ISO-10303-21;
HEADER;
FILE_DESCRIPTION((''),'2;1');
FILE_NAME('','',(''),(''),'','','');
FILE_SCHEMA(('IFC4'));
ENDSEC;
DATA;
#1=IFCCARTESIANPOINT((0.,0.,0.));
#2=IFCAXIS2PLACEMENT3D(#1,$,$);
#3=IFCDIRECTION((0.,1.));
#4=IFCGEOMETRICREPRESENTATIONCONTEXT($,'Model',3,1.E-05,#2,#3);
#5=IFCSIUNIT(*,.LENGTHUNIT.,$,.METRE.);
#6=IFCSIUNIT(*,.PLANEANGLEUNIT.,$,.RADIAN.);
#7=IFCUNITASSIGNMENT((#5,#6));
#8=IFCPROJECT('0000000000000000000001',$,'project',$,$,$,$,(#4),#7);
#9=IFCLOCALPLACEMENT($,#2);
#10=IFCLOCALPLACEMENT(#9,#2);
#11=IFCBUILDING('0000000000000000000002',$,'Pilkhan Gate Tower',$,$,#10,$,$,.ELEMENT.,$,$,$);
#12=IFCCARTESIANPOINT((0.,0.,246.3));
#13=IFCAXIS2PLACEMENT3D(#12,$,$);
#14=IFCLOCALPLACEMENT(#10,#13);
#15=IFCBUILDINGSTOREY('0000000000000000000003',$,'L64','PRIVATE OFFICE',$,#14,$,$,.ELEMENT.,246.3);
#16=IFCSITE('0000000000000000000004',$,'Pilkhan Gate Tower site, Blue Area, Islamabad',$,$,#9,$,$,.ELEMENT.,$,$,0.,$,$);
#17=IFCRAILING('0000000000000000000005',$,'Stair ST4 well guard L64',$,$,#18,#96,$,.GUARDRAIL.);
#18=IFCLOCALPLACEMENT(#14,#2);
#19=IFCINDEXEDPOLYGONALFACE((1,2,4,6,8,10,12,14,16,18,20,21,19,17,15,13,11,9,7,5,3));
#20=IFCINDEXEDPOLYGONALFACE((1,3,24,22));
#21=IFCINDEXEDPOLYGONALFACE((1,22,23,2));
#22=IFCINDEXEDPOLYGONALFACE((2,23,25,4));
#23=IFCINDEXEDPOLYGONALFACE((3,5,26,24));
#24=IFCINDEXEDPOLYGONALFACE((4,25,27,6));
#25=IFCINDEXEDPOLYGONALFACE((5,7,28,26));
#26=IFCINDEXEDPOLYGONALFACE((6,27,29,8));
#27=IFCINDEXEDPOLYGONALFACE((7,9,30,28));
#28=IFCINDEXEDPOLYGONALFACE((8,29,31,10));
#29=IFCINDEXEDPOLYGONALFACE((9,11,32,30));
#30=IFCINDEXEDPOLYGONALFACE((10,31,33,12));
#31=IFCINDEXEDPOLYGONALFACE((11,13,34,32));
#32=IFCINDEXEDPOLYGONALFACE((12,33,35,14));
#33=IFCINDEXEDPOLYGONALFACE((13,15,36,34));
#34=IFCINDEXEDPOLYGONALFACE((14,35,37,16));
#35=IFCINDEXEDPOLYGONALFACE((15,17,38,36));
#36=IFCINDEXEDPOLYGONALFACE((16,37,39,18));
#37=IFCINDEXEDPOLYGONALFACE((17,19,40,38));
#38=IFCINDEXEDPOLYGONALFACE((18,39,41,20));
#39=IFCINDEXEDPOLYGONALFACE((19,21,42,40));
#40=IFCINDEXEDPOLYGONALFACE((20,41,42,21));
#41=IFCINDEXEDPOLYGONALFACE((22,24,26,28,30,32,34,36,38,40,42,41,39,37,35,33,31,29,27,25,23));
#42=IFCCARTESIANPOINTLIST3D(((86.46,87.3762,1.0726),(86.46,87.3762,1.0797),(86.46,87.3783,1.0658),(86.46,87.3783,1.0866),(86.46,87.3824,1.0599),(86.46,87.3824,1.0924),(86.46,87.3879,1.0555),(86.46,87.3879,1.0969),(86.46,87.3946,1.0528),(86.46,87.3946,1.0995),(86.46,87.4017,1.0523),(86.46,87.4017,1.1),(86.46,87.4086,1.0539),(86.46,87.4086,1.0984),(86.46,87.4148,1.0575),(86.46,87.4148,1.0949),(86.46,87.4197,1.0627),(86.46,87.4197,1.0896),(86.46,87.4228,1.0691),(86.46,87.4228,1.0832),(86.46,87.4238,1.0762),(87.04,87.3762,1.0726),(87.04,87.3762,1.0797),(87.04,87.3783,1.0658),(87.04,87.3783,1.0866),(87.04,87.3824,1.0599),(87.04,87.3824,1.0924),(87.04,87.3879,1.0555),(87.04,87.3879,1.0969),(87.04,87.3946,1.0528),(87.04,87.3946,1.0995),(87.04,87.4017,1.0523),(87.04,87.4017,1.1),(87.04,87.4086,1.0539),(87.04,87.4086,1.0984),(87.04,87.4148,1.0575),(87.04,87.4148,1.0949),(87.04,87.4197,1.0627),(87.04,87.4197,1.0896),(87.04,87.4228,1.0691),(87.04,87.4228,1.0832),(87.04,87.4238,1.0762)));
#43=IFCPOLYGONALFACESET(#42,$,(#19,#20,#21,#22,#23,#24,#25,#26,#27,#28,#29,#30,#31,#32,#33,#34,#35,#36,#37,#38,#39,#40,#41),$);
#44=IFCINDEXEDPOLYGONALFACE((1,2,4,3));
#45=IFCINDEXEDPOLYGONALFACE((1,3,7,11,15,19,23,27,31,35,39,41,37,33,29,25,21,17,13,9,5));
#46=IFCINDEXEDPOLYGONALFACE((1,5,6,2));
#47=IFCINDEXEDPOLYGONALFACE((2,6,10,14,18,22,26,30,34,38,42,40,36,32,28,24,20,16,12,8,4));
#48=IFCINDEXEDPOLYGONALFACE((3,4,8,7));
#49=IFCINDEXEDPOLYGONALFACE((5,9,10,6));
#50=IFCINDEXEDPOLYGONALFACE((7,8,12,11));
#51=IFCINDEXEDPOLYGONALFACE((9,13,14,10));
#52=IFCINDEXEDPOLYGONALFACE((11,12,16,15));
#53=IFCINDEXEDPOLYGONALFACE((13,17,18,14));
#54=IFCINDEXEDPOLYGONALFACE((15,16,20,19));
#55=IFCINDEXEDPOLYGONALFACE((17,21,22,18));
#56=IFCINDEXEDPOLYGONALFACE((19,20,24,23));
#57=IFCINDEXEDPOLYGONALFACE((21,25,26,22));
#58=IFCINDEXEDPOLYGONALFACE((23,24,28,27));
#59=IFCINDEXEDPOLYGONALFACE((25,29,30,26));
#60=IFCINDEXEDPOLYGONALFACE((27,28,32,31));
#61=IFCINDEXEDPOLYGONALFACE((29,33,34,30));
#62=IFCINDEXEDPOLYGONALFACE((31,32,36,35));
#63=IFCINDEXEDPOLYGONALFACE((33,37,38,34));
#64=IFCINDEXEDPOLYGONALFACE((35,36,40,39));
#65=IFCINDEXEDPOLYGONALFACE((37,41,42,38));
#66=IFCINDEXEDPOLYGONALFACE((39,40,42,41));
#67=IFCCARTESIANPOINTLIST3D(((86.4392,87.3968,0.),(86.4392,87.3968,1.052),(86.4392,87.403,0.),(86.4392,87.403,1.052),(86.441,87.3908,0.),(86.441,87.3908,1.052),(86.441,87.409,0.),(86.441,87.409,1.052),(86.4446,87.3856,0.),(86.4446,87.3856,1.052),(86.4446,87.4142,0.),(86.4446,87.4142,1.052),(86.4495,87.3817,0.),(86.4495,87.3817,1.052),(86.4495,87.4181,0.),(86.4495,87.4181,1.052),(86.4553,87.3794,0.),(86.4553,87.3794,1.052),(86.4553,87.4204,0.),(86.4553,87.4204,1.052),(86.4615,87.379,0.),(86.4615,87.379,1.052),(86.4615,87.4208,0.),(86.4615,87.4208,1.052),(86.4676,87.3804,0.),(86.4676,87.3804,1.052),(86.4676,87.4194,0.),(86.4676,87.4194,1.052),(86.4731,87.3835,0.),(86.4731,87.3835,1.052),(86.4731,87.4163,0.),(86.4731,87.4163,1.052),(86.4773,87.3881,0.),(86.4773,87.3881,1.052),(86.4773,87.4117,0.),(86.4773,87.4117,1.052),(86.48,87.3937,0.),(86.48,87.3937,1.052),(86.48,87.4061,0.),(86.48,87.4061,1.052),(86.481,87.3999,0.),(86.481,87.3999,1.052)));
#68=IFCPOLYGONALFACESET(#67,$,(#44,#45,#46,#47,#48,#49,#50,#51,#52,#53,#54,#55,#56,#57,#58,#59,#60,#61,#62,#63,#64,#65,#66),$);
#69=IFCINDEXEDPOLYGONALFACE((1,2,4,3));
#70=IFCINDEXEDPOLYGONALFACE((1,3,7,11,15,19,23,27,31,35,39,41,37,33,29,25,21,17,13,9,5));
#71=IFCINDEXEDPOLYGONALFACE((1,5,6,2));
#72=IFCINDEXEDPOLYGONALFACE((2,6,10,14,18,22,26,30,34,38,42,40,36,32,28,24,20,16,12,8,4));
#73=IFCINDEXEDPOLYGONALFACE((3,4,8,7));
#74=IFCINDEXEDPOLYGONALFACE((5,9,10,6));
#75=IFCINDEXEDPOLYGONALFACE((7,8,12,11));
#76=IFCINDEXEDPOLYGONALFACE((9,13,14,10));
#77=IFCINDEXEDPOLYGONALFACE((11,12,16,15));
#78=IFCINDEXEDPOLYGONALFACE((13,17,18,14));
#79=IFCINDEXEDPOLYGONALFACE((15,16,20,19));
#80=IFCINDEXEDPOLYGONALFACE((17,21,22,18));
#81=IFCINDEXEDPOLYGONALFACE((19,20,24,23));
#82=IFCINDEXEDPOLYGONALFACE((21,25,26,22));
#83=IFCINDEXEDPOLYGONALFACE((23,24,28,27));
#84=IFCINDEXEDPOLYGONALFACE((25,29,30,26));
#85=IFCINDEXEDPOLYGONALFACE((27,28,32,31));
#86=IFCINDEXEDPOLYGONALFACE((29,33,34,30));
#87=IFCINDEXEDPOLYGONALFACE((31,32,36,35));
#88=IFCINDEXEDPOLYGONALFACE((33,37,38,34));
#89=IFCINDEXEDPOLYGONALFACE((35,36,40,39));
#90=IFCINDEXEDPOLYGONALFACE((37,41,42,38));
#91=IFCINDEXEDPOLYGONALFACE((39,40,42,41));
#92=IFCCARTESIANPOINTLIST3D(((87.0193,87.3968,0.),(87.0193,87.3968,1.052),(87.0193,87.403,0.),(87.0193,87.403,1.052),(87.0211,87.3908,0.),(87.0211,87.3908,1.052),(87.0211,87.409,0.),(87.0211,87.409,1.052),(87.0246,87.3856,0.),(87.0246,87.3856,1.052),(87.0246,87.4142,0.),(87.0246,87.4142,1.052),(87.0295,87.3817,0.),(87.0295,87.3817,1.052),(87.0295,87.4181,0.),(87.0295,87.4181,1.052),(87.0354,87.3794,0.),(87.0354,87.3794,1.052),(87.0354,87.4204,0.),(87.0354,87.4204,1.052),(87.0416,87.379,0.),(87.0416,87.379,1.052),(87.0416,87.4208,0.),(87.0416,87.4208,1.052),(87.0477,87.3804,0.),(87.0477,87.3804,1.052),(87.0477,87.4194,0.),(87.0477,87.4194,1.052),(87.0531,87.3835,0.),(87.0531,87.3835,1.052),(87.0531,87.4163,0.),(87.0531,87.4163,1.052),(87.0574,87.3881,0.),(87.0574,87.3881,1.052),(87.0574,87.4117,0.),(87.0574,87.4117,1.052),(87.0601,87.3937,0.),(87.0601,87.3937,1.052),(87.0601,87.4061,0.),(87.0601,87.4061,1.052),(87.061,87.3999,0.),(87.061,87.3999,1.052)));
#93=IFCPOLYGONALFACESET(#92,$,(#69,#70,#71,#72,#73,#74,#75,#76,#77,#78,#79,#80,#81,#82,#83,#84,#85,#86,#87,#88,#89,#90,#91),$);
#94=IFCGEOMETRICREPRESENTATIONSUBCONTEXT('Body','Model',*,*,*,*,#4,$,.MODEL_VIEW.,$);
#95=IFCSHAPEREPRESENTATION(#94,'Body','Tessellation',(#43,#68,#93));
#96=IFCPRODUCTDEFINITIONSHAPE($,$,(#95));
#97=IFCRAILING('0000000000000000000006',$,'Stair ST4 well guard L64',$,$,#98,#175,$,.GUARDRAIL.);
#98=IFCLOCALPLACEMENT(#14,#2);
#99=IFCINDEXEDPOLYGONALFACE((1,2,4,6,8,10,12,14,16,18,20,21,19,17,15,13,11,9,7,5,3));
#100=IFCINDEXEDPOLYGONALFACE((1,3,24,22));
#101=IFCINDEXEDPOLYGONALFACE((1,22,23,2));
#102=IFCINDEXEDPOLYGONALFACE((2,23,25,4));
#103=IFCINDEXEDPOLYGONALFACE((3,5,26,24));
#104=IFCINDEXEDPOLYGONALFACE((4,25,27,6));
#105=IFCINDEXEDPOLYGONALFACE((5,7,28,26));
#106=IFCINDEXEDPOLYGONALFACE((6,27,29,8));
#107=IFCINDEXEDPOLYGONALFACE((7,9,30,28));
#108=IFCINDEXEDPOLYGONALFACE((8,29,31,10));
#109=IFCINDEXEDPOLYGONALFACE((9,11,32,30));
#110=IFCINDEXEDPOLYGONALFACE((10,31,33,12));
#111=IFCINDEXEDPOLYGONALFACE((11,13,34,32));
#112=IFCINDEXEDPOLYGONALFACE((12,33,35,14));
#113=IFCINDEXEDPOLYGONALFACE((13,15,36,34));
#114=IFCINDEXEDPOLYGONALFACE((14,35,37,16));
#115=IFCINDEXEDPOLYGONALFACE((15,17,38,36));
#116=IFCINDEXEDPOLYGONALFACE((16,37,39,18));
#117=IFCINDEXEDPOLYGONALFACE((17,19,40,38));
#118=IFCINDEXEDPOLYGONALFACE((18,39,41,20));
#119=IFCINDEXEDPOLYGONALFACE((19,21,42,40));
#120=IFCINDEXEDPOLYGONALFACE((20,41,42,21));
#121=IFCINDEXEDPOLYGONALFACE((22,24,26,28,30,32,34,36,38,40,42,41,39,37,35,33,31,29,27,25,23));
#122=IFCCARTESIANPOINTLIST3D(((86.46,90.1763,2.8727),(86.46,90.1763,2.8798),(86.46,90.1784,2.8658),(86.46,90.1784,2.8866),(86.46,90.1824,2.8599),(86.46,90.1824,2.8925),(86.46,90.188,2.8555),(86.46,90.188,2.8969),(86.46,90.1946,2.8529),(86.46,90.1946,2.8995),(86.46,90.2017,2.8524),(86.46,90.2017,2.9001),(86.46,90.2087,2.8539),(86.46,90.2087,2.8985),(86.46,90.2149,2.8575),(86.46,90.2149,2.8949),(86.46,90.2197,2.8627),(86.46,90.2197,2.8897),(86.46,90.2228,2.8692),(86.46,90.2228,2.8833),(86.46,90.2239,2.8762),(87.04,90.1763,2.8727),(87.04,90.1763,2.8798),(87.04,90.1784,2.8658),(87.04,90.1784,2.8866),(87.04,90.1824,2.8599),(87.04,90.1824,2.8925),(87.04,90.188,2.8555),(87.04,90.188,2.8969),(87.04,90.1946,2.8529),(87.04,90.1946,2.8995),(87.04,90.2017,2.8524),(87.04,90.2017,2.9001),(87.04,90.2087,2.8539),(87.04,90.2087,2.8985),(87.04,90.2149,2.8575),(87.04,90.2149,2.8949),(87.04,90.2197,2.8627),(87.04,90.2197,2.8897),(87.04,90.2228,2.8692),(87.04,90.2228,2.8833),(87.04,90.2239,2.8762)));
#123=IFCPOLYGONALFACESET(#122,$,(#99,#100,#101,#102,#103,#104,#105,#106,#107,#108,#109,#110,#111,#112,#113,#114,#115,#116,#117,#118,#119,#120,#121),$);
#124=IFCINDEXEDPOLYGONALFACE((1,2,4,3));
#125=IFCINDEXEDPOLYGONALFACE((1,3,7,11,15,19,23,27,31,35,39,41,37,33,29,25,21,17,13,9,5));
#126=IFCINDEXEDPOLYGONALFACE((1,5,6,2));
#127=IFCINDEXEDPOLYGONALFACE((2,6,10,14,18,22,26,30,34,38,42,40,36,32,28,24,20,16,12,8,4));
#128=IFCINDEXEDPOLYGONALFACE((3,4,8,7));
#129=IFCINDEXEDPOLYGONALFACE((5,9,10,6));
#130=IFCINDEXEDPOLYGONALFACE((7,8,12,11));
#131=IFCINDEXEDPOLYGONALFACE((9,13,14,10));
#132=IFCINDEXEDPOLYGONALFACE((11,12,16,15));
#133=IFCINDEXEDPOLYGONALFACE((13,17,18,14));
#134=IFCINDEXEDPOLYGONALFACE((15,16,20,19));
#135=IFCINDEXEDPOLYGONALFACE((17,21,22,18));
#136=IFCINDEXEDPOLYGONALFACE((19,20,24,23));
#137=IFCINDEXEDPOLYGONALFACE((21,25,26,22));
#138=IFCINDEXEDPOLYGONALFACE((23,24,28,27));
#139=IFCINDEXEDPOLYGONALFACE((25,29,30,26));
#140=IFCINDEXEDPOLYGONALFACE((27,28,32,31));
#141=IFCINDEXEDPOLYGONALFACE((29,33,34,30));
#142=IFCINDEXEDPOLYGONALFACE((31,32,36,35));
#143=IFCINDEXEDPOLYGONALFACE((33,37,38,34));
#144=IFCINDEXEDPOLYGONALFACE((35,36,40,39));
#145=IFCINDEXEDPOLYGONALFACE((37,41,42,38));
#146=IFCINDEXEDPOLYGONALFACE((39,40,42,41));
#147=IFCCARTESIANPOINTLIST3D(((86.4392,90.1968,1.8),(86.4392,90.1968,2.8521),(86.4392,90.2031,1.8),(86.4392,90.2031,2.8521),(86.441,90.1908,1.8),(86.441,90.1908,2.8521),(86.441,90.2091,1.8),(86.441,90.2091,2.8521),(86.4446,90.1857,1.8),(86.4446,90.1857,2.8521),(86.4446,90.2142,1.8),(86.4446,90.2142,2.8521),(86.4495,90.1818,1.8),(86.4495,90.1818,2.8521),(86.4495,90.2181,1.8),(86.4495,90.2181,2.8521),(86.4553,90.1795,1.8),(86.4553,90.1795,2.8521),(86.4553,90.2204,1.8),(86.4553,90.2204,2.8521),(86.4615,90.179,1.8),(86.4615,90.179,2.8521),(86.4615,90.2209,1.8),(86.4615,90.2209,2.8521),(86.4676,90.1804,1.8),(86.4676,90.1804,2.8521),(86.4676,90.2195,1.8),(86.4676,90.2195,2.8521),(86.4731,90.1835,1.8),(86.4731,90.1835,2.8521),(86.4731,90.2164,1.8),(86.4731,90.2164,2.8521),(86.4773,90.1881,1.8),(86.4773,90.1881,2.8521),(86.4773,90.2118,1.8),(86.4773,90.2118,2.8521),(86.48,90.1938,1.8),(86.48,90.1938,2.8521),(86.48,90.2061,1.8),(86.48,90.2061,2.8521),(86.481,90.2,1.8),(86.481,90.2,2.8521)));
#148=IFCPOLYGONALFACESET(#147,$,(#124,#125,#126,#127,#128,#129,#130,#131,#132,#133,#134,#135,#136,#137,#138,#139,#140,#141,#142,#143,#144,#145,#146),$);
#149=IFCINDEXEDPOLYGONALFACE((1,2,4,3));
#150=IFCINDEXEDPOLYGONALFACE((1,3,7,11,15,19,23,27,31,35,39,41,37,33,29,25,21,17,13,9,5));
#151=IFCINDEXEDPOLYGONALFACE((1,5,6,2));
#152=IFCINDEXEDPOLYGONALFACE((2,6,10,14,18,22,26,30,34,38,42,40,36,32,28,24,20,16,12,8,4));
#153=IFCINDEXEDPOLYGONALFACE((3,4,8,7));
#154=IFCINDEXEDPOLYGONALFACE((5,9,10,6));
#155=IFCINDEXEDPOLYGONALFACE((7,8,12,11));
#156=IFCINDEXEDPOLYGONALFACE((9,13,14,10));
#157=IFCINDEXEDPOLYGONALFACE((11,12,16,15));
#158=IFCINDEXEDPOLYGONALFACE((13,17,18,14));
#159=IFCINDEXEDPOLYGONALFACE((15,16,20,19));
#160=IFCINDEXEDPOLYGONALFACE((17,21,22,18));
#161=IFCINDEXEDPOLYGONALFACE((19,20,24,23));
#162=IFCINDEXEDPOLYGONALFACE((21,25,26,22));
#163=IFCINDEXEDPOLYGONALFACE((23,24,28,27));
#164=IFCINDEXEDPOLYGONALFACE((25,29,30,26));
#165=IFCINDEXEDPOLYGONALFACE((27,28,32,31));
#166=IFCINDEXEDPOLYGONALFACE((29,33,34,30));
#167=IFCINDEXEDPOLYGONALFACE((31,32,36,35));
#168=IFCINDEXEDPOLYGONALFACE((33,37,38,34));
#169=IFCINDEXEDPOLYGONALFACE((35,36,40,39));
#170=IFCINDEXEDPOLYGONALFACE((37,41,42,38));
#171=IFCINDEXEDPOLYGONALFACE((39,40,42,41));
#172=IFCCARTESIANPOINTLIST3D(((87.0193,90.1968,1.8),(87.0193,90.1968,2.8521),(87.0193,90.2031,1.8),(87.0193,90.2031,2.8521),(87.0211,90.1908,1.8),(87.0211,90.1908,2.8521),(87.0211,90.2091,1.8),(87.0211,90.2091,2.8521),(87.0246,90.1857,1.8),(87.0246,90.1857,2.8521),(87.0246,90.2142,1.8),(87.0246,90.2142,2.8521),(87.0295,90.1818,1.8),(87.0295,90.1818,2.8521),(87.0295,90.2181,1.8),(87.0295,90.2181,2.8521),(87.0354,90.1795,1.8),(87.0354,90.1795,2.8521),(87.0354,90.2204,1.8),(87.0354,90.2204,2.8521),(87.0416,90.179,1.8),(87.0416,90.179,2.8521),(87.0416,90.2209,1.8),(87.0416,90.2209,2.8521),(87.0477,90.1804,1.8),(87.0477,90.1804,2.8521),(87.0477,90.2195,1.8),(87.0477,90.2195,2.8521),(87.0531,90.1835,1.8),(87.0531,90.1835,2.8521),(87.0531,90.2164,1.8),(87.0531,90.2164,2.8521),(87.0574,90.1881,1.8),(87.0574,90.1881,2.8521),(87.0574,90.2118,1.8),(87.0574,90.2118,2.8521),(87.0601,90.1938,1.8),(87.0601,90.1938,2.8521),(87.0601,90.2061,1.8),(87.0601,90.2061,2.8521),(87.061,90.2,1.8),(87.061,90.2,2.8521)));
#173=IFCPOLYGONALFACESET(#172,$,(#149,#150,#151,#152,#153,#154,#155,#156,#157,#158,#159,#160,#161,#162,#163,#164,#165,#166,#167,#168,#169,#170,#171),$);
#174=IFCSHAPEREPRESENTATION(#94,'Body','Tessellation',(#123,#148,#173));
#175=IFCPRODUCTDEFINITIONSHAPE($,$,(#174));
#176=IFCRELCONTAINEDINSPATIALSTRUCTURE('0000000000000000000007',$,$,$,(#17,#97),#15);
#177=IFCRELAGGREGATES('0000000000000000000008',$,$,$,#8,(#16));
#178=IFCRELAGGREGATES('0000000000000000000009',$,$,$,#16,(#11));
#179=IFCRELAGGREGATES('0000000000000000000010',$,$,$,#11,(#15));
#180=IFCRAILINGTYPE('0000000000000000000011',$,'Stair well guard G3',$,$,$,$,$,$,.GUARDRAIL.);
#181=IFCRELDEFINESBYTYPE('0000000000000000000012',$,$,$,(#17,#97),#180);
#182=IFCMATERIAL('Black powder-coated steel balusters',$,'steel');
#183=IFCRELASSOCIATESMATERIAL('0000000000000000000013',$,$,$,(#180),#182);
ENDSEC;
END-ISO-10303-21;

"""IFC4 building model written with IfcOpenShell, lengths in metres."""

from ifc_helpers import new_model, si_unit, direction, frame, origin, origin_2d, place, context, subcontext, project, spatial, circle, extrude, material, type_object, element, save


model = new_model("IFC4")

# Units and contexts
model_context = context("Model", 3, precision=1e-05, world=origin(), true_north=direction((0.0, 1.0)))
body_context = subcontext(model_context, "Body", "Model", "MODEL_VIEW")
ifc_project = project(units=[si_unit("LENGTHUNIT", "METRE"), si_unit("PLANEANGLEUNIT", "RADIAN")], contexts=[model_context])

# Site, building, storey
site_placement = place(None, origin())
site = spatial("IfcSite", under=ifc_project, at=site_placement, Name="Pilkhan Gate Tower site, Blue Area, Islamabad", CompositionType="ELEMENT", RefElevation=0.0)
building_placement = place(site_placement, origin())
building = spatial("IfcBuilding", under=site, at=building_placement, Name="Pilkhan Gate Tower", CompositionType="ELEMENT")
storey_placement = place(building_placement, frame((0.0, 0.0, 246.3)))
storey = spatial("IfcBuildingStorey", under=building, at=storey_placement, Name="L64", Description="PRIVATE OFFICE", CompositionType="ELEMENT", Elevation=246.3)

# Railings
ifc_material_1 = material(Name="Black powder-coated steel balusters", Category="steel")
railing_type_1 = type_object("IfcRailingType", Name="Stair well guard G3", PredefinedType="GUARDRAIL", material=ifc_material_1)
for number, where, name in (
    (1, (86.46, 87.3999, 0.0), "Stair ST4 well guard L64"),
    (2, (86.46, 90.2, 1.8), "Stair ST4 well guard L64"),
):
    element("IfcRailing", number, at=place(storey_placement, frame(where)), inside=storey, type_object=railing_type_1, Name=name, PredefinedType="GUARDRAIL", context=body_context, shape_type="SweptSolid", body=[
        extrude(circle(Radius=0.0239, at=origin_2d()), frame((0.0, 0.0, 1.0762), z_axis=(1.0, 0.0, 0.0), x_axis=(0.0, 1.0, 0.0)), (0.0, 0.0, 1.0), 0.5801),
        extrude(circle(Radius=0.021, at=origin_2d()), origin(), (0.0, 0.0, 1.0), 1.052),
        extrude(circle(Radius=0.021, at=origin_2d()), frame((0.5801, 0.0, 0.0)), (0.0, 0.0, 1.0), 1.052),
    ])

save(model, "model.ifc")
